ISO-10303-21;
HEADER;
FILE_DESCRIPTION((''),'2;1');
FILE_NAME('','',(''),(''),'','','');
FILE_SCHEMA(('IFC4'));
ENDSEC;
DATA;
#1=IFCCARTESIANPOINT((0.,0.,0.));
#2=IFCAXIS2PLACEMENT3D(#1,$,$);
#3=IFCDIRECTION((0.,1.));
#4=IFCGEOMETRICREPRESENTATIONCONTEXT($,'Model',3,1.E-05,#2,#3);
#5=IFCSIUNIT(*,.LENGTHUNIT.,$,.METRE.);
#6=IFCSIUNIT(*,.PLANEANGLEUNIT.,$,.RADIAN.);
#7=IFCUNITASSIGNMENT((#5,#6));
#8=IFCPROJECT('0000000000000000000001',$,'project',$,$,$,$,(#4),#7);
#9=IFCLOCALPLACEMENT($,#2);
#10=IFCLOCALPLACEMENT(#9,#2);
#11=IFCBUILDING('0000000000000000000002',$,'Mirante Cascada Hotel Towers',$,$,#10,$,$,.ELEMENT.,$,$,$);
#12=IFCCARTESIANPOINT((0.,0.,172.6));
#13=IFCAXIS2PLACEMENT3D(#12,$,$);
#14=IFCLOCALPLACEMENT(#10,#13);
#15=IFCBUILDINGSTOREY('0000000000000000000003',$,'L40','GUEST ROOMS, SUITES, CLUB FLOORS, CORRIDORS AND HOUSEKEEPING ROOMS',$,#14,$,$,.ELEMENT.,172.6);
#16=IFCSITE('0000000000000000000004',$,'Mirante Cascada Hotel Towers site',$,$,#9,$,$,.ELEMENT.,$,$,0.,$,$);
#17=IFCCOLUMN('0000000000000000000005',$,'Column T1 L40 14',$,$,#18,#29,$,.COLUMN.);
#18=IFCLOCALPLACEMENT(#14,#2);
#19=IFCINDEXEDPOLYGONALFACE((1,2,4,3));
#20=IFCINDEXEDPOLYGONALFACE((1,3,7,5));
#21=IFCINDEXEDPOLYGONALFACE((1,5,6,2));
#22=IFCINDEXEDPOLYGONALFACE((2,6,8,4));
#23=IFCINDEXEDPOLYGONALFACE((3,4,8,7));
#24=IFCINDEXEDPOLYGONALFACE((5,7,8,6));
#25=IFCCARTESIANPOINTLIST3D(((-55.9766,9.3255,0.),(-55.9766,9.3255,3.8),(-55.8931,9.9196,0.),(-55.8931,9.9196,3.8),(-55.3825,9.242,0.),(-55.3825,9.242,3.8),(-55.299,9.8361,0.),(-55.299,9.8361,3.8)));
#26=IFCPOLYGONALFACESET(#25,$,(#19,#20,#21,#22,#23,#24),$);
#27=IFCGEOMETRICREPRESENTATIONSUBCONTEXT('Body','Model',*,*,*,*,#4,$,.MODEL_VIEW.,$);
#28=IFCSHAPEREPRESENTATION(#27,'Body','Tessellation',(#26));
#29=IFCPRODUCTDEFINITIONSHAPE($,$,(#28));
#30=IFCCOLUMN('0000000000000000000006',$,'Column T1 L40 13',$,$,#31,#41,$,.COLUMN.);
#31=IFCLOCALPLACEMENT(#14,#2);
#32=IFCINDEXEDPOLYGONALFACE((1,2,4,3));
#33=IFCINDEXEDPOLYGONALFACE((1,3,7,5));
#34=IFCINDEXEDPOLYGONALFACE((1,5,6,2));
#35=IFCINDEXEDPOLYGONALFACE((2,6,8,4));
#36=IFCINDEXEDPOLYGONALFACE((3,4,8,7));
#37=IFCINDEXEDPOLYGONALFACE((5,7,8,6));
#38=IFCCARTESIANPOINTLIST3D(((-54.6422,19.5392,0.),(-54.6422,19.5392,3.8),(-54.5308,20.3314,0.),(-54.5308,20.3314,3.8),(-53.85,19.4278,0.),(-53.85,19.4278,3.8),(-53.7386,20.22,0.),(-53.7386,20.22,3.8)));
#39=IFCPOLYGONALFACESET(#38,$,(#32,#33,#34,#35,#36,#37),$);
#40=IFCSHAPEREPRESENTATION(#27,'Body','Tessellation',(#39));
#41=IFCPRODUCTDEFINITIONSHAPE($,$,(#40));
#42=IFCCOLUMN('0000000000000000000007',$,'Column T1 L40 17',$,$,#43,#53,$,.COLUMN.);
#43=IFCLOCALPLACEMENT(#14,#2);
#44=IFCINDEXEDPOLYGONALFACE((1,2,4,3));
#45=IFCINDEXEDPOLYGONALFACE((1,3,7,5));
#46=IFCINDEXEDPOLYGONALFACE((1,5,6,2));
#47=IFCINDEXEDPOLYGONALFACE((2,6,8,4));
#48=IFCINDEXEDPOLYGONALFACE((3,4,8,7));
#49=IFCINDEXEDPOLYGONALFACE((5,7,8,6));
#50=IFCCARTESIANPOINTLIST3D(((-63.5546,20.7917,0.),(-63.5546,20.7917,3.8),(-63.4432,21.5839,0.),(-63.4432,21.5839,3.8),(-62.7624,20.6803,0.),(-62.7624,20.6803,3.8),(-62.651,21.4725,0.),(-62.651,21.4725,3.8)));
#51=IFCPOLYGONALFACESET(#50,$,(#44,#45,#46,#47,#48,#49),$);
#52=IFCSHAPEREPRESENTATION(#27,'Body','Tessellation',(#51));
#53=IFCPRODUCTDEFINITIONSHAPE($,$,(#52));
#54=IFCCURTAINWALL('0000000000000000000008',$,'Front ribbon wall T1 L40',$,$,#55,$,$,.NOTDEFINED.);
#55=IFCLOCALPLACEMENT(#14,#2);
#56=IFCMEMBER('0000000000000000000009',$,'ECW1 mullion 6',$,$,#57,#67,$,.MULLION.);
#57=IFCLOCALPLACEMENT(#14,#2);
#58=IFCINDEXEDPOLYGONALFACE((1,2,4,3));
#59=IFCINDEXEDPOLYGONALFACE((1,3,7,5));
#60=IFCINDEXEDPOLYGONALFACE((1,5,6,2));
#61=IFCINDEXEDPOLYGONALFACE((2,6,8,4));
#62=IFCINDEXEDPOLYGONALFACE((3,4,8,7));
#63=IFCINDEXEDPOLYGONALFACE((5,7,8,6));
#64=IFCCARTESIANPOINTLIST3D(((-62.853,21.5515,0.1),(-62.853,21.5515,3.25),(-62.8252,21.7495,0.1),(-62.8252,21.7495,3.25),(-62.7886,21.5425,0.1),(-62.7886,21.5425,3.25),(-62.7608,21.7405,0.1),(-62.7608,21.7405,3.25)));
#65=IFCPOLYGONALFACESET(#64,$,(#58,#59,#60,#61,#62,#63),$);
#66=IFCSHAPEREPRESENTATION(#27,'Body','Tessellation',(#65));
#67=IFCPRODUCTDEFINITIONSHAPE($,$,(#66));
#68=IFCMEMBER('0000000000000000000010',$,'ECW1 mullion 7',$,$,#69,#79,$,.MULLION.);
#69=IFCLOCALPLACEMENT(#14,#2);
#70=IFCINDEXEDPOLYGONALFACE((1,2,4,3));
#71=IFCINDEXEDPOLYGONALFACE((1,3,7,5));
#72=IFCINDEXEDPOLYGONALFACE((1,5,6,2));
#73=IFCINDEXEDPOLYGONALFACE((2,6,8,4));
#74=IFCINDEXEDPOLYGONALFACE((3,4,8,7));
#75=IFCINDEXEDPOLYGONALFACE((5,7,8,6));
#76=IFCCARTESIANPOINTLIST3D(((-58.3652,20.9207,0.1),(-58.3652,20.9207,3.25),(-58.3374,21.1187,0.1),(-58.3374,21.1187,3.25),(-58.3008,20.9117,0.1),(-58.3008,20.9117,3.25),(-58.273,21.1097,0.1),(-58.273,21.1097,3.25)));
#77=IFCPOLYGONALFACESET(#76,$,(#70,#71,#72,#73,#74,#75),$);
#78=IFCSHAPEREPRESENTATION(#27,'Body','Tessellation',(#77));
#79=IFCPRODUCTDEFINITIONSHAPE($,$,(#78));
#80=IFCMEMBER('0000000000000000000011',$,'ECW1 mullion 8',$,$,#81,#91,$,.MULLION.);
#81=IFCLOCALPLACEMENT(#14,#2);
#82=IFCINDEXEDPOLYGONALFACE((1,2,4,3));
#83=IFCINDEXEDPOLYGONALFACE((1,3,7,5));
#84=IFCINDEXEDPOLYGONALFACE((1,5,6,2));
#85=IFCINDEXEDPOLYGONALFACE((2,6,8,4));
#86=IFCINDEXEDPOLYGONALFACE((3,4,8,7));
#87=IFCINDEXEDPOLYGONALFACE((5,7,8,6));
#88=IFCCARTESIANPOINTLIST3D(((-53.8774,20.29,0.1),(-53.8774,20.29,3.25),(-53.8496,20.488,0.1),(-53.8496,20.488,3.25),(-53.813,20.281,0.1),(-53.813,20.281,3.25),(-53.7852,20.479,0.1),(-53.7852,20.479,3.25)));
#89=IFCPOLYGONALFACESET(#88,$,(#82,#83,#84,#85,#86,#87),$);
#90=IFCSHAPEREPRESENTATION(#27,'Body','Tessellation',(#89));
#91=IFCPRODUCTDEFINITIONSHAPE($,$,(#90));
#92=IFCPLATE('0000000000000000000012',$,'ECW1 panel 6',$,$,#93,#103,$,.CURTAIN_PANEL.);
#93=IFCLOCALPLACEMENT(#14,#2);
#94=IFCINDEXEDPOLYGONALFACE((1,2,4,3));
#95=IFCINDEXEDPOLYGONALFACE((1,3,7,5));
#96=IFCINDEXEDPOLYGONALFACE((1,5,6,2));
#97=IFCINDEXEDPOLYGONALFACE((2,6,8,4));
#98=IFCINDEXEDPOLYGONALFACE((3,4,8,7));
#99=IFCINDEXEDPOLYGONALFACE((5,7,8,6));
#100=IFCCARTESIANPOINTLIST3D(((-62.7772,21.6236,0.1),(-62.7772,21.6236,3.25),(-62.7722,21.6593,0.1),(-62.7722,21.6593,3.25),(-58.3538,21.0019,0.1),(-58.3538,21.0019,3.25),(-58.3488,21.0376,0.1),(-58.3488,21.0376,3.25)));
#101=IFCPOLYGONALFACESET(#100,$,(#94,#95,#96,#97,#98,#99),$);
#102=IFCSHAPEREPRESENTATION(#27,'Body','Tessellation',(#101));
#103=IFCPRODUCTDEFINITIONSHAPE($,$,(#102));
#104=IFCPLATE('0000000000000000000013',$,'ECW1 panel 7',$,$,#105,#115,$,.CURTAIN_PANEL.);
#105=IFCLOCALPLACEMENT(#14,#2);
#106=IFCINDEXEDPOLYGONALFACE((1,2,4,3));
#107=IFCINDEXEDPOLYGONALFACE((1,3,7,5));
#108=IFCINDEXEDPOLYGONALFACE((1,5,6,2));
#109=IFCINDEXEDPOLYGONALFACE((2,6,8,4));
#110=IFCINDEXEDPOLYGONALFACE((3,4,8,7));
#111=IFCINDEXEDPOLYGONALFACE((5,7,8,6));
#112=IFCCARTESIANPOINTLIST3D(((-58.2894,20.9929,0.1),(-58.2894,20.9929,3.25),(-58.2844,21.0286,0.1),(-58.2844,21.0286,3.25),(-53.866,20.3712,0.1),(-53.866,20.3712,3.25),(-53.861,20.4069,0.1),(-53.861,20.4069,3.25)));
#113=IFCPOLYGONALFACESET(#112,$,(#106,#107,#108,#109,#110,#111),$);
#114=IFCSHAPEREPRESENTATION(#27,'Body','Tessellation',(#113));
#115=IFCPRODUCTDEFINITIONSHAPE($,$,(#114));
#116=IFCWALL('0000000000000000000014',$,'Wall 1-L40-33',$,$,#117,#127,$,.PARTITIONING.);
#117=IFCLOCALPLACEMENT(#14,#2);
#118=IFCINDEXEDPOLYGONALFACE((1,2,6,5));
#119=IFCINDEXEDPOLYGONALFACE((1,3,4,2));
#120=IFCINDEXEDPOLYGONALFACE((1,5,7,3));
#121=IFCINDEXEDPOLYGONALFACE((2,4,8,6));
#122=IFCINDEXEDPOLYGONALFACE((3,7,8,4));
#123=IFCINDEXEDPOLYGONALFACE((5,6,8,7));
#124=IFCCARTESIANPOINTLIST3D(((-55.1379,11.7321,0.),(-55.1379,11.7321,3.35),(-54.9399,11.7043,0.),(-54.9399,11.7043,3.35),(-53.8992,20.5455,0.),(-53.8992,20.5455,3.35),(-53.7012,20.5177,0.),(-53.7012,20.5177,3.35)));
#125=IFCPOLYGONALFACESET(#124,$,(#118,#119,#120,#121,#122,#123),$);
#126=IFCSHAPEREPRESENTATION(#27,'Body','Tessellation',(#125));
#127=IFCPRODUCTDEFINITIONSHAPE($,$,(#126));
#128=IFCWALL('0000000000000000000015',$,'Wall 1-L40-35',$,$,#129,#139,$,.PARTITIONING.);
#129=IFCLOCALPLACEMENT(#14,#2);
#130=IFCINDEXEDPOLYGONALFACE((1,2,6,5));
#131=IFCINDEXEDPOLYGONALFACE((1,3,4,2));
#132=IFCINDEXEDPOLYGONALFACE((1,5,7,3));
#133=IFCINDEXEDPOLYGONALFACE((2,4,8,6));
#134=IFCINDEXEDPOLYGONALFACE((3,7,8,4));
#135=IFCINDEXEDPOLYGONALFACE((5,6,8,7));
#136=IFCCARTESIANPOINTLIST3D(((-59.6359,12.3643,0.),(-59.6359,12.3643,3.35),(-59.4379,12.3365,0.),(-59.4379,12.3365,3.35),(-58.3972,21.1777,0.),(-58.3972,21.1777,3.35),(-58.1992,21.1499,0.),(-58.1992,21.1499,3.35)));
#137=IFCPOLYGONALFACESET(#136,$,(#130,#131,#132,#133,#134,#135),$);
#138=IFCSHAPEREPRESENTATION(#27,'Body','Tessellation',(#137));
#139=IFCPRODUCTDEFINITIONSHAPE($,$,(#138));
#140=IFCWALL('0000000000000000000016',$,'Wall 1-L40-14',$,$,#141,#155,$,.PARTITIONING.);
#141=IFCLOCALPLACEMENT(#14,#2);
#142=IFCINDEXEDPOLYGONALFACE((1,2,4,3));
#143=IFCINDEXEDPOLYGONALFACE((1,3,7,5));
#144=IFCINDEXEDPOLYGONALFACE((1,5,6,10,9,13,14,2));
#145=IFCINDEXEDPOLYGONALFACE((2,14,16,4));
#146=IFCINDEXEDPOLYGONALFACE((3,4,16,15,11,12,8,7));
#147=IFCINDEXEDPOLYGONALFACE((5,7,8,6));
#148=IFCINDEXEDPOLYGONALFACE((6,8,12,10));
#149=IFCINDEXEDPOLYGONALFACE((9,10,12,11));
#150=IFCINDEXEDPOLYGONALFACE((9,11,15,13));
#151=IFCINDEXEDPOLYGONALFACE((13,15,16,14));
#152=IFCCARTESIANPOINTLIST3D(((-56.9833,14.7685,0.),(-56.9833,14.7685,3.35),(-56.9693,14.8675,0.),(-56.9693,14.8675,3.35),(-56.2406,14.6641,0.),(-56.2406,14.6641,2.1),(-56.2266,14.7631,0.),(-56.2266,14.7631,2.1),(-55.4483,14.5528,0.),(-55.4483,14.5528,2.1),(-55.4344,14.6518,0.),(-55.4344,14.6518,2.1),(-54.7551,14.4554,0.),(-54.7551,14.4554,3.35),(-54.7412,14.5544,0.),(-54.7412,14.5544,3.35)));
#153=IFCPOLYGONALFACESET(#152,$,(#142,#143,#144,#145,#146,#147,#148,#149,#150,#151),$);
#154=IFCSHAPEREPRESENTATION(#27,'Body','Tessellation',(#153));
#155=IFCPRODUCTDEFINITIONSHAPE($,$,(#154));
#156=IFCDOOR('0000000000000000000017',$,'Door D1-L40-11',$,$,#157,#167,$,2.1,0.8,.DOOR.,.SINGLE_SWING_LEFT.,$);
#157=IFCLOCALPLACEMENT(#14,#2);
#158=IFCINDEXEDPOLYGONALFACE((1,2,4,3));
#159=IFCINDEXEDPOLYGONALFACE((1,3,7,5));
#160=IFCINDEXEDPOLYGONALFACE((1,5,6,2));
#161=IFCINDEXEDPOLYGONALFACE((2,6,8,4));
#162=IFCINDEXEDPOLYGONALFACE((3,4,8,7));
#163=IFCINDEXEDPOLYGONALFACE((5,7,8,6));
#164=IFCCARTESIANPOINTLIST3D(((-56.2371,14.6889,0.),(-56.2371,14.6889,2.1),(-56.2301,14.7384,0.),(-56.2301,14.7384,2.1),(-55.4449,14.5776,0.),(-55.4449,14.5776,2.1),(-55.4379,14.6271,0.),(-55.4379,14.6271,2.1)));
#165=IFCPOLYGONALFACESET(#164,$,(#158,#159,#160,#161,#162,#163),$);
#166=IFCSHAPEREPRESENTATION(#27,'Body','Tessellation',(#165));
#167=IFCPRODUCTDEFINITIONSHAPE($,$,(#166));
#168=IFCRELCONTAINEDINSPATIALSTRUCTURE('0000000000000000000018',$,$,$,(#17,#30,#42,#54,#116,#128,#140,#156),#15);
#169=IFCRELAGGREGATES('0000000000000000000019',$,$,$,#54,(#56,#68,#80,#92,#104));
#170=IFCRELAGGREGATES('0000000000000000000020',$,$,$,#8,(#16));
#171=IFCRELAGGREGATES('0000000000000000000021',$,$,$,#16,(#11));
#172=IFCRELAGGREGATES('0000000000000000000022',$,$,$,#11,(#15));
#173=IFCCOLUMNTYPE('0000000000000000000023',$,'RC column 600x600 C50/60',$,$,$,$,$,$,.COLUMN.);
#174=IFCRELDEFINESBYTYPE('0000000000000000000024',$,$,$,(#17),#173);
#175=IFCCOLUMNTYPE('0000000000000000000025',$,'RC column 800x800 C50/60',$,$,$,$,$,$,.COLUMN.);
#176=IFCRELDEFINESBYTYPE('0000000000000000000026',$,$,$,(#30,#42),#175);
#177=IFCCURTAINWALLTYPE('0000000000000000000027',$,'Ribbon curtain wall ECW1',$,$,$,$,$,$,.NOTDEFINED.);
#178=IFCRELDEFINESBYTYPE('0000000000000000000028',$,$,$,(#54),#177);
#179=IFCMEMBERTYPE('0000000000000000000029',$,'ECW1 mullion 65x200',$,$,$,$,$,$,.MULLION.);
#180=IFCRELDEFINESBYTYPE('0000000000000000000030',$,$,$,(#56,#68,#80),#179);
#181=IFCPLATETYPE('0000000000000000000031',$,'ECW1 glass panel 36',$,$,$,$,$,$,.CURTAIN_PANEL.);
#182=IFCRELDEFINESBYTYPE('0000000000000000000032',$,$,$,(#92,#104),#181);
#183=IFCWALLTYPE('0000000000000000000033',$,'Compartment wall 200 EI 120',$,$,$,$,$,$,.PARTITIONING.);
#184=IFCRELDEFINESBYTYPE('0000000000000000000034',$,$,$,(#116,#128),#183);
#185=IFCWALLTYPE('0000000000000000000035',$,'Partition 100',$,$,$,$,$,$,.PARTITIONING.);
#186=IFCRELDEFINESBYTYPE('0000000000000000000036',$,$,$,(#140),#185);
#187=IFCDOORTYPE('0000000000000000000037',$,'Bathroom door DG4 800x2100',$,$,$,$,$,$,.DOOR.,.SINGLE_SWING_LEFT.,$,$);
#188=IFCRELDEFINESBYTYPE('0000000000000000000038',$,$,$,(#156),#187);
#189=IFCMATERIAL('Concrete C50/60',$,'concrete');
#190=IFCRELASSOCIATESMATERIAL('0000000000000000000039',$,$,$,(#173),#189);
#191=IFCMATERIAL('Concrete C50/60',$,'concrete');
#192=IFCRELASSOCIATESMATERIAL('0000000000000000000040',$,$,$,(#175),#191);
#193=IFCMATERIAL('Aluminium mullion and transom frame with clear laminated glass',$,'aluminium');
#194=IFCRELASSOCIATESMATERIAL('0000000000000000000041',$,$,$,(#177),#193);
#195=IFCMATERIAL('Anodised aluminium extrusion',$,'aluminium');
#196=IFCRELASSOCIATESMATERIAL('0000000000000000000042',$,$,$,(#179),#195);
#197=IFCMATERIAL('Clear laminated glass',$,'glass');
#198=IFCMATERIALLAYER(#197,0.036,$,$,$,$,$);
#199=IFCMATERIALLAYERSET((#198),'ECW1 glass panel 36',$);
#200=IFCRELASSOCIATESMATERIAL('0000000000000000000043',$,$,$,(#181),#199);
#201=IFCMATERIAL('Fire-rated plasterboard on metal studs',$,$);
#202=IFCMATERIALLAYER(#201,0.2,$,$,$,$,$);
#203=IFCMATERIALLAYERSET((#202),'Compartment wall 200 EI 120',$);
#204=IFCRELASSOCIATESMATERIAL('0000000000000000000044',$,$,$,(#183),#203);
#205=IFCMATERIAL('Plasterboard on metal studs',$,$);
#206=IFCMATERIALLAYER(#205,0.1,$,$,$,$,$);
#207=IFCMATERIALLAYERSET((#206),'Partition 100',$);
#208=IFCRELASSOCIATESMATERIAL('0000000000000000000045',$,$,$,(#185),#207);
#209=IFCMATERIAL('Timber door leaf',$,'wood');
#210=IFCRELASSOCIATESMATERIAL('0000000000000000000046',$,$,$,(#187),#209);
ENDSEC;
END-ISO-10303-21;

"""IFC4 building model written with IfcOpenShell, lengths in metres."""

from ifc_helpers import new_model, si_unit, direction, frame, frame_2d, origin, origin_2d, place, context, subcontext, project, spatial, rectangle, extrude, material, layer, layer_set, material_profile, profile_set, type_object, element, fill, aggregate, save


model = new_model("IFC4")

# Units and contexts
model_context = context("Model", 3, precision=1e-05, world=origin(), true_north=direction((0.0, 1.0)))
body_context = subcontext(model_context, "Body", "Model", "MODEL_VIEW")
ifc_project = project(units=[si_unit("LENGTHUNIT", "METRE"), si_unit("PLANEANGLEUNIT", "RADIAN")], contexts=[model_context])

# Site, building, storey
site_placement = place(None, origin())
site = spatial("IfcSite", under=ifc_project, at=site_placement, Name="Mirante Cascada Hotel Towers site", CompositionType="ELEMENT", RefElevation=0.0)
building_placement = place(site_placement, origin())
building = spatial("IfcBuilding", under=site, at=building_placement, Name="Mirante Cascada Hotel Towers", CompositionType="ELEMENT")
storey_placement = place(building_placement, frame((0.0, 0.0, 172.6)))
storey = spatial("IfcBuildingStorey", under=building, at=storey_placement, Name="L40", Description="GUEST ROOMS, SUITES, CLUB FLOORS, CORRIDORS AND HOUSEKEEPING ROOMS", CompositionType="ELEMENT", Elevation=172.6)

# Columns
ifc_material_1 = material(Name="Concrete C50/60", Category="concrete")
ifc_material_profile_1 = material_profile(ifc_material_1, rectangle(XDim=0.6, YDim=0.6, at=origin_2d()), Name="RC column 600x600 C50/60")
ifc_profile_set_1 = profile_set([ifc_material_profile_1], Name="Concrete C50/60")
column_type_1 = type_object("IfcColumnType", Name="RC column 600x600 C50/60", PredefinedType="COLUMN", material=ifc_profile_set_1)
column_placement = place(storey_placement, frame((-55.6378, 9.5808, 0.0), z_axis=(0.0, 0.0, 1.0), x_axis=(-0.990268, 0.139173, 0.0)))
element("IfcColumn", 1, at=column_placement, inside=storey, type_object=column_type_1, Name="Column T1 L40 14", PredefinedType="COLUMN", context=body_context, shape_type="SweptSolid", body=[
    extrude(rectangle(XDim=0.6, YDim=0.6, at=origin_2d()), origin(), (0.0, 0.0, 1.0), 3.8),
])
ifc_material_2 = material(Name="Concrete C50/60", Category="concrete")
ifc_material_profile_2 = material_profile(ifc_material_2, rectangle(XDim=0.8, YDim=0.8, at=origin_2d()), Name="RC column 800x800 C50/60")
ifc_profile_set_2 = profile_set([ifc_material_profile_2], Name="Concrete C50/60")
column_type_2 = type_object("IfcColumnType", Name="RC column 800x800 C50/60", PredefinedType="COLUMN", material=ifc_profile_set_2)
for number, where, z_axis, x_axis, name in (
    (2, (-54.1904, 19.8796, 0.0), (0.0, 0.0, 1.0), (-0.990268, 0.139173, 0.0), "Column T1 L40 13"),
    (3, (-63.1028, 21.1321, 0.0), (0.0, 0.0, 1.0), (-0.990268, 0.139173, 0.0), "Column T1 L40 17"),
):
    element("IfcColumn", number, at=place(storey_placement, frame(where, z_axis=z_axis, x_axis=x_axis)), inside=storey, type_object=column_type_2, Name=name, PredefinedType="COLUMN", context=body_context, shape_type="SweptSolid", body=[
        extrude(rectangle(XDim=0.8, YDim=0.8, at=origin_2d()), origin(), (0.0, 0.0, 1.0), 3.8),
    ])

# Curtain wall, members, plates
ifc_material_3 = material(Name="Aluminium mullion and transom frame with clear laminated glass", Category="aluminium")
curtain_wall_type = type_object("IfcCurtainWallType", Name="Ribbon curtain wall ECW1", PredefinedType="NOTDEFINED", material=ifc_material_3)
curtain_wall_placement = place(storey_placement, origin())
curtain_wall = element("IfcCurtainWall", 4, at=curtain_wall_placement, inside=storey, type_object=curtain_wall_type, Name="Front ribbon wall T1 L40", PredefinedType="NOTDEFINED")
ifc_material_4 = material(Name="Anodised aluminium extrusion", Category="aluminium")
ifc_material_profile_3 = material_profile(ifc_material_4, rectangle(XDim=0.2, YDim=0.065, at=origin_2d()), Name="ECW1 MULLION 65x200")
ifc_profile_set_3 = profile_set([ifc_material_profile_3], Name="Anodised aluminium extrusion")
member_type = type_object("IfcMemberType", Name="ECW1 mullion 65x200", PredefinedType="MULLION", material=ifc_profile_set_3)
member_1_placement = place(storey_placement, frame((-62.8069, 21.646, 0.1), z_axis=(0.0, 0.0, 1.0), x_axis=(0.139173, 0.990268, 0.0)))
member_1 = element("IfcMember", 5, at=member_1_placement, type_object=member_type, Name="ECW1 mullion 6", PredefinedType="MULLION", context=body_context, shape_type="SweptSolid", body=[
    extrude(rectangle(XDim=0.2, YDim=0.065, at=origin_2d()), origin(), (0.0, 0.0, 1.0), 3.15),
])
member_2_placement = place(storey_placement, frame((-58.3191, 21.0152, 0.1), z_axis=(0.0, 0.0, 1.0), x_axis=(0.139173, 0.990268, 0.0)))
member_2 = element("IfcMember", 6, at=member_2_placement, type_object=member_type, Name="ECW1 mullion 7", PredefinedType="MULLION", context=body_context, shape_type="SweptSolid", body=[
    extrude(rectangle(XDim=0.2, YDim=0.065, at=origin_2d()), origin(), (0.0, 0.0, 1.0), 3.15),
])
member_3_placement = place(storey_placement, frame((-53.8313, 20.3845, 0.1), z_axis=(0.0, 0.0, 1.0), x_axis=(0.139173, 0.990268, 0.0)))
member_3 = element("IfcMember", 7, at=member_3_placement, type_object=member_type, Name="ECW1 mullion 8", PredefinedType="MULLION", context=body_context, shape_type="SweptSolid", body=[
    extrude(rectangle(XDim=0.2, YDim=0.065, at=origin_2d()), origin(), (0.0, 0.0, 1.0), 3.15),
])
ifc_material_5 = material(Name="Clear laminated glass", Category="glass")
ifc_layer_1 = layer(ifc_material_5, 0.036)
ifc_layer_set_1 = layer_set([ifc_layer_1], Name="ECW1 glass panel 36")
plate_type = type_object("IfcPlateType", Name="ECW1 glass panel 36", PredefinedType="CURTAIN_PANEL", material=ifc_layer_set_1)
plate_1_placement = place(storey_placement, frame((-60.563, 21.3306, 0.1), z_axis=(0.0, 0.0, 1.0), x_axis=(0.990268, -0.139173, 0.0)))
plate_1 = element("IfcPlate", 8, at=plate_1_placement, type_object=plate_type, Name="ECW1 panel 6", PredefinedType="CURTAIN_PANEL", context=body_context, shape_type="SweptSolid", body=[
    extrude(rectangle(XDim=4.4669, YDim=0.036, at=origin_2d()), origin(), (0.0, 0.0, 1.0), 3.15),
])
plate_2_placement = place(storey_placement, frame((-56.0752, 20.6999, 0.1), z_axis=(0.0, 0.0, 1.0), x_axis=(0.990268, -0.139173, 0.0)))
plate_2 = element("IfcPlate", 9, at=plate_2_placement, type_object=plate_type, Name="ECW1 panel 7", PredefinedType="CURTAIN_PANEL", context=body_context, shape_type="SweptSolid", body=[
    extrude(rectangle(XDim=4.4669, YDim=0.036, at=origin_2d()), origin(), (0.0, 0.0, 1.0), 3.15),
])
aggregate(curtain_wall, [member_1, member_2, member_3, plate_1, plate_2])

# Walls
ifc_material_6 = material(Name="Fire-rated plasterboard on metal studs")
ifc_layer_2 = layer(ifc_material_6, 0.2)
ifc_layer_set_2 = layer_set([ifc_layer_2], Name="Compartment wall 200 EI 120")
wall_type_1 = type_object("IfcWallType", Name="Compartment wall 200 EI 120", PredefinedType="PARTITIONING", material=ifc_layer_set_2)
for number, where, z_axis, x_axis, name in (
    (10, (-55.0389, 11.7182, 0.0), (0.0, 0.0, 1.0), (0.139179, 0.990267, 0.0), "Wall 1-L40-33"),
    (11, (-59.5369, 12.3504, 0.0), (0.0, 0.0, 1.0), (0.139179, 0.990267, 0.0), "Wall 1-L40-35"),
):
    element("IfcWall", number, at=place(storey_placement, frame(where, z_axis=z_axis, x_axis=x_axis)), inside=storey, type_object=wall_type_1, Name=name, PredefinedType="PARTITIONING", context=body_context, shape_type="SweptSolid", body=[
        extrude(rectangle(XDim=8.9, YDim=0.2, at=frame_2d((4.45, 0.0))), origin(), (0.0, 0.0, 1.0), 3.35),
    ])

# Wall, opening, door
ifc_material_7 = material(Name="Plasterboard on metal studs")
ifc_layer_3 = layer(ifc_material_7, 0.1)
ifc_layer_set_3 = layer_set([ifc_layer_3], Name="Partition 100")
wall_type_2 = type_object("IfcWallType", Name="Partition 100", PredefinedType="PARTITIONING", material=ifc_layer_set_3)
wall_1_placement = place(storey_placement, frame((-56.9763, 14.818, 0.0), z_axis=(0.0, 0.0, 1.0), x_axis=(0.990271, -0.139156, 0.0)))
wall_1 = element("IfcWall", 12, at=wall_1_placement, inside=storey, type_object=wall_type_2, Name="Wall 1-L40-14", PredefinedType="PARTITIONING", context=body_context, shape_type="SweptSolid", body=[
    extrude(rectangle(XDim=2.25, YDim=0.1, at=frame_2d((1.125, 0.0))), origin(), (0.0, 0.0, 1.0), 3.35),
])
opening_1_placement = place(wall_1_placement, frame((0.75, 0.0, 0.0)))
opening_1 = element("IfcOpeningElement", 13, at=opening_1_placement, cuts=wall_1, PredefinedType="OPENING", context=body_context, shape_type="SweptSolid", body=[
    extrude(rectangle(XDim=0.8, YDim=2.1, at=frame_2d((0.4, 1.05))), frame((0.0, 0.05, 0.0), z_axis=(0.0, -1.0, 0.0), x_axis=(1.0, 0.0, 0.0)), (0.0, 0.0, 1.0), 0.1),
])
ifc_material_8 = material(Name="Timber door leaf", Category="wood")
door_type_1 = type_object("IfcDoorType", Name="Bathroom door DG4 800x2100", OperationType="SINGLE_SWING_LEFT", PredefinedType="DOOR", material=ifc_material_8)
door_1_placement = place(opening_1_placement, origin())
door_1 = element("IfcDoor", 14, at=door_1_placement, inside=storey, type_object=door_type_1, Name="Door D1-L40-11", OperationType="SINGLE_SWING_LEFT", OverallHeight=2.1, OverallWidth=0.8, PredefinedType="DOOR", context=body_context, shape_type="SweptSolid", body=[
    extrude(rectangle(XDim=0.8, YDim=2.1, at=frame_2d((0.4, 1.05))), frame((0.0, 0.025, 0.0), z_axis=(0.0, -1.0, 0.0), x_axis=(1.0, 0.0, 0.0)), (0.0, 0.0, 1.0), 0.05),
])
fill(opening_1, door_1)

save(model, "model.ifc")
